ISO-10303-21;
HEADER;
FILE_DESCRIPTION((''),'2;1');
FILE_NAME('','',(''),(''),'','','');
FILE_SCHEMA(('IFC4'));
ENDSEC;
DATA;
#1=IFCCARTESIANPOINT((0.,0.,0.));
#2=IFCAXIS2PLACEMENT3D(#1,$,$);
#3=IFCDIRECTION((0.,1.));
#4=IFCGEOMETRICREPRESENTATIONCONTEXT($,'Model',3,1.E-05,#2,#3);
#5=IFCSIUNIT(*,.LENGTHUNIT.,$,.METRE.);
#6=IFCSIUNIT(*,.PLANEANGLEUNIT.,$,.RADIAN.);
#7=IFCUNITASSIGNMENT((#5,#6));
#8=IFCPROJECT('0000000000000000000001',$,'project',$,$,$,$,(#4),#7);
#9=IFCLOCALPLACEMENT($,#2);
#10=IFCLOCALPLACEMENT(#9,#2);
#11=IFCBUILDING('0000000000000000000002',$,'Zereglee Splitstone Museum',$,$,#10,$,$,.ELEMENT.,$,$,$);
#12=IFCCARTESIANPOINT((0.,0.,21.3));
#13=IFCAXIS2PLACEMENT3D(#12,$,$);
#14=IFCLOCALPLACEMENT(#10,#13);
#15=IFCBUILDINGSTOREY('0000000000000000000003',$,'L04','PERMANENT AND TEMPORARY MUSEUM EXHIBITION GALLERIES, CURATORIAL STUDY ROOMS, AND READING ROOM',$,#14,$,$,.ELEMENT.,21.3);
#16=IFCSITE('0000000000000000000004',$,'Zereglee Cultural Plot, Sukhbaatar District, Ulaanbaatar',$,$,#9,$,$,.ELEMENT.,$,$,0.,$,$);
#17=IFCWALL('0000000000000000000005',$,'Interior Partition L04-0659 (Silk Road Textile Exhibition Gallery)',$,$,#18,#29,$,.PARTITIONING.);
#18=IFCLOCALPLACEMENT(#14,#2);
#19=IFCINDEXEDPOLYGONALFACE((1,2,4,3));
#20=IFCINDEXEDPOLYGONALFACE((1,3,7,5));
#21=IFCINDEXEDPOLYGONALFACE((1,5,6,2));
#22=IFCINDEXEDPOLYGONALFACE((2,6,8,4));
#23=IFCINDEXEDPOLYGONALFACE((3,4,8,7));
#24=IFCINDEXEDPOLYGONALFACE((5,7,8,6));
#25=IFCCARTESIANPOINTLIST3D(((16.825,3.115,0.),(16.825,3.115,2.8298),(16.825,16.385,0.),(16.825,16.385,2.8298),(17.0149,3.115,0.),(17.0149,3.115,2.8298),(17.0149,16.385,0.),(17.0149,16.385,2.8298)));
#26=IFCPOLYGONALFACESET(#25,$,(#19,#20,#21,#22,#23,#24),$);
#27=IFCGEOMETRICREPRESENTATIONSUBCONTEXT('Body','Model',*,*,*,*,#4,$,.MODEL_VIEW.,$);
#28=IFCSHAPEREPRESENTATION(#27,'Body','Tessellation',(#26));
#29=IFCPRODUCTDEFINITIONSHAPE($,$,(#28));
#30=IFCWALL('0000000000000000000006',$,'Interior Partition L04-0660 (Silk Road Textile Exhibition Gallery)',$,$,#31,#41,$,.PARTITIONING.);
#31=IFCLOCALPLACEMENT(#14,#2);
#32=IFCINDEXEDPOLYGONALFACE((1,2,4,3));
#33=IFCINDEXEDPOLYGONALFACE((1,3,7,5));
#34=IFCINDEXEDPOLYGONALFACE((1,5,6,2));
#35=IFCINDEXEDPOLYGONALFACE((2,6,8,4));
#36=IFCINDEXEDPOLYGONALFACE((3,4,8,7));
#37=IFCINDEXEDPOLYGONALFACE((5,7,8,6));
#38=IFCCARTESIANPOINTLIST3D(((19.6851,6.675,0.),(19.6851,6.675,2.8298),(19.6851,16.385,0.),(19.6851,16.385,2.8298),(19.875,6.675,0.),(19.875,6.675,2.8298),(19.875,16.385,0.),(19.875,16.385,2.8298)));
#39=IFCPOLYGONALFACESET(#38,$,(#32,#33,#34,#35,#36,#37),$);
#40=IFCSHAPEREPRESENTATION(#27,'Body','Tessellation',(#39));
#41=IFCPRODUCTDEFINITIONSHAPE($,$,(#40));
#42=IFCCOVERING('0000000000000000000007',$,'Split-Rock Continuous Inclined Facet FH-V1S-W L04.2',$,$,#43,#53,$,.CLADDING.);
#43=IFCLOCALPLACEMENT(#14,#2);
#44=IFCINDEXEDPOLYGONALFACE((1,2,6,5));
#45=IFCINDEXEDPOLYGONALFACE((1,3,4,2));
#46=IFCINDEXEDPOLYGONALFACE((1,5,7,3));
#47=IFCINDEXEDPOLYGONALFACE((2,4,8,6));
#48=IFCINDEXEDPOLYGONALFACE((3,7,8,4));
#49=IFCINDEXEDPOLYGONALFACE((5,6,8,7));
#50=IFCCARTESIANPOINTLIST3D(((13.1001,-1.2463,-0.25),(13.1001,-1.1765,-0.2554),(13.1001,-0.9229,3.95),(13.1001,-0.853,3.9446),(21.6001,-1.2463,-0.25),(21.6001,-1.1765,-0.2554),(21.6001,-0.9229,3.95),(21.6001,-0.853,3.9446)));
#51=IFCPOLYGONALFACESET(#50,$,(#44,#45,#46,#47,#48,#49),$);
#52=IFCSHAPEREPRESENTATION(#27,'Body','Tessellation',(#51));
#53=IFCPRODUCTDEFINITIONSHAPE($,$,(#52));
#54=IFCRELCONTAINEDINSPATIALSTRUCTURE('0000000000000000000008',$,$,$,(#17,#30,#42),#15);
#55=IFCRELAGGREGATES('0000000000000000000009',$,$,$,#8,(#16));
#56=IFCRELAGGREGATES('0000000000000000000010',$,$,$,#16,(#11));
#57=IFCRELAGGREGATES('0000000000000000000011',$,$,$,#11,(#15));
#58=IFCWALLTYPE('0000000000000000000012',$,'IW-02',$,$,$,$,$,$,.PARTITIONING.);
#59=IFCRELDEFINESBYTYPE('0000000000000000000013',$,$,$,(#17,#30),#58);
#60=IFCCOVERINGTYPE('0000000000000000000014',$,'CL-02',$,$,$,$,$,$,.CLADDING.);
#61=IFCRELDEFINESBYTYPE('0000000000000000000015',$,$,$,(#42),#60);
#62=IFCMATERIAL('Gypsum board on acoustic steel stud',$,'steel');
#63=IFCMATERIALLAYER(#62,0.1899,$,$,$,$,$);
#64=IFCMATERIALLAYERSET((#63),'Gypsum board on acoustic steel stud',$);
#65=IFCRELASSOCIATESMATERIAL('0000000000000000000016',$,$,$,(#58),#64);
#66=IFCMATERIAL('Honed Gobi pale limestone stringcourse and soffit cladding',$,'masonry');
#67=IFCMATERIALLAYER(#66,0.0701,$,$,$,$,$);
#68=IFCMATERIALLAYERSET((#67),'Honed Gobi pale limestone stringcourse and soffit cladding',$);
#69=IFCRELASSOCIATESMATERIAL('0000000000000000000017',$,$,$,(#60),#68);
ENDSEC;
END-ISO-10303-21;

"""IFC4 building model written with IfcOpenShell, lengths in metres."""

from ifc_helpers import new_model, si_unit, direction, frame, frame_2d, origin, place, context, subcontext, project, spatial, polyline, rectangle, outline, extrude, material, layer, layer_set, type_object, element, save


model = new_model("IFC4")

# Units and contexts
model_context = context("Model", 3, precision=1e-05, world=origin(), true_north=direction((0.0, 1.0)))
body_context = subcontext(model_context, "Body", "Model", "MODEL_VIEW")
ifc_project = project(units=[si_unit("LENGTHUNIT", "METRE"), si_unit("PLANEANGLEUNIT", "RADIAN")], contexts=[model_context])

# Site, building, storey
site_placement = place(None, origin())
site = spatial("IfcSite", under=ifc_project, at=site_placement, Name="Zereglee Cultural Plot, Sukhbaatar District, Ulaanbaatar", CompositionType="ELEMENT", RefElevation=0.0)
building_placement = place(site_placement, origin())
building = spatial("IfcBuilding", under=site, at=building_placement, Name="Zereglee Splitstone Museum", CompositionType="ELEMENT")
storey_placement = place(building_placement, frame((0.0, 0.0, 21.3)))
storey = spatial("IfcBuildingStorey", under=building, at=storey_placement, Name="L04", Description="PERMANENT AND TEMPORARY MUSEUM EXHIBITION GALLERIES, CURATORIAL STUDY ROOMS, AND READING ROOM", CompositionType="ELEMENT", Elevation=21.3)

# Walls
ifc_material_1 = material(Name="Gypsum board on acoustic steel stud", Category="steel")
ifc_layer_1 = layer(ifc_material_1, 0.1899)
ifc_layer_set_1 = layer_set([ifc_layer_1], Name="Gypsum board on acoustic steel stud")
wall_type_1 = type_object("IfcWallType", Name="IW-02", PredefinedType="PARTITIONING", material=ifc_layer_set_1)
wall_1_placement = place(storey_placement, frame((16.9199, 3.115, 0.0), z_axis=(0.0, 0.0, 1.0), x_axis=(0.0, 1.0, 0.0)))
element("IfcWall", 1, at=wall_1_placement, inside=storey, type_object=wall_type_1, Name="Interior Partition L04-0659 (Silk Road Textile Exhibition Gallery)", PredefinedType="PARTITIONING", context=body_context, shape_type="SweptSolid", body=[
    extrude(rectangle(XDim=13.27, YDim=0.1899, at=frame_2d((6.635, 0.0))), origin(), (0.0, 0.0, 1.0), 2.8298),
])
wall_2_placement = place(storey_placement, frame((19.78, 6.675, 0.0), z_axis=(0.0, 0.0, 1.0), x_axis=(0.0, 1.0, 0.0)))
element("IfcWall", 2, at=wall_2_placement, inside=storey, type_object=wall_type_1, Name="Interior Partition L04-0660 (Silk Road Textile Exhibition Gallery)", PredefinedType="PARTITIONING", context=body_context, shape_type="SweptSolid", body=[
    extrude(rectangle(XDim=9.71, YDim=0.1899, at=frame_2d((4.855, 0.0))), origin(), (0.0, 0.0, 1.0), 2.8298),
])

# Covering
ifc_material_2 = material(Name="Honed Gobi pale limestone stringcourse and soffit cladding", Category="masonry")
ifc_layer_2 = layer(ifc_material_2, 0.0701)
ifc_layer_set_2 = layer_set([ifc_layer_2], Name="Honed Gobi pale limestone stringcourse and soffit cladding")
covering_type = type_object("IfcCoveringType", Name="CL-02", PredefinedType="CLADDING", material=ifc_layer_set_2)
covering_placement = place(storey_placement, frame((13.1001, -1.2463, -0.25), z_axis=(0.0, -0.997047, 0.076794), x_axis=(1.0, 0.0, 0.0)))
element("IfcCovering", 3, at=covering_placement, inside=storey, type_object=covering_type, Name="Split-Rock Continuous Inclined Facet FH-V1S-W L04.2", PredefinedType="CLADDING", context=body_context, shape_type="SweptSolid", body=[
    extrude(outline(polyline([(0.0, 0.0), (8.5, 0.0), (8.5, 4.2124), (0.0, 4.2124), (0.0, 0.0)])), origin(), (0.0, 0.0, -1.0), 0.0701),
])

save(model, "model.ifc")
